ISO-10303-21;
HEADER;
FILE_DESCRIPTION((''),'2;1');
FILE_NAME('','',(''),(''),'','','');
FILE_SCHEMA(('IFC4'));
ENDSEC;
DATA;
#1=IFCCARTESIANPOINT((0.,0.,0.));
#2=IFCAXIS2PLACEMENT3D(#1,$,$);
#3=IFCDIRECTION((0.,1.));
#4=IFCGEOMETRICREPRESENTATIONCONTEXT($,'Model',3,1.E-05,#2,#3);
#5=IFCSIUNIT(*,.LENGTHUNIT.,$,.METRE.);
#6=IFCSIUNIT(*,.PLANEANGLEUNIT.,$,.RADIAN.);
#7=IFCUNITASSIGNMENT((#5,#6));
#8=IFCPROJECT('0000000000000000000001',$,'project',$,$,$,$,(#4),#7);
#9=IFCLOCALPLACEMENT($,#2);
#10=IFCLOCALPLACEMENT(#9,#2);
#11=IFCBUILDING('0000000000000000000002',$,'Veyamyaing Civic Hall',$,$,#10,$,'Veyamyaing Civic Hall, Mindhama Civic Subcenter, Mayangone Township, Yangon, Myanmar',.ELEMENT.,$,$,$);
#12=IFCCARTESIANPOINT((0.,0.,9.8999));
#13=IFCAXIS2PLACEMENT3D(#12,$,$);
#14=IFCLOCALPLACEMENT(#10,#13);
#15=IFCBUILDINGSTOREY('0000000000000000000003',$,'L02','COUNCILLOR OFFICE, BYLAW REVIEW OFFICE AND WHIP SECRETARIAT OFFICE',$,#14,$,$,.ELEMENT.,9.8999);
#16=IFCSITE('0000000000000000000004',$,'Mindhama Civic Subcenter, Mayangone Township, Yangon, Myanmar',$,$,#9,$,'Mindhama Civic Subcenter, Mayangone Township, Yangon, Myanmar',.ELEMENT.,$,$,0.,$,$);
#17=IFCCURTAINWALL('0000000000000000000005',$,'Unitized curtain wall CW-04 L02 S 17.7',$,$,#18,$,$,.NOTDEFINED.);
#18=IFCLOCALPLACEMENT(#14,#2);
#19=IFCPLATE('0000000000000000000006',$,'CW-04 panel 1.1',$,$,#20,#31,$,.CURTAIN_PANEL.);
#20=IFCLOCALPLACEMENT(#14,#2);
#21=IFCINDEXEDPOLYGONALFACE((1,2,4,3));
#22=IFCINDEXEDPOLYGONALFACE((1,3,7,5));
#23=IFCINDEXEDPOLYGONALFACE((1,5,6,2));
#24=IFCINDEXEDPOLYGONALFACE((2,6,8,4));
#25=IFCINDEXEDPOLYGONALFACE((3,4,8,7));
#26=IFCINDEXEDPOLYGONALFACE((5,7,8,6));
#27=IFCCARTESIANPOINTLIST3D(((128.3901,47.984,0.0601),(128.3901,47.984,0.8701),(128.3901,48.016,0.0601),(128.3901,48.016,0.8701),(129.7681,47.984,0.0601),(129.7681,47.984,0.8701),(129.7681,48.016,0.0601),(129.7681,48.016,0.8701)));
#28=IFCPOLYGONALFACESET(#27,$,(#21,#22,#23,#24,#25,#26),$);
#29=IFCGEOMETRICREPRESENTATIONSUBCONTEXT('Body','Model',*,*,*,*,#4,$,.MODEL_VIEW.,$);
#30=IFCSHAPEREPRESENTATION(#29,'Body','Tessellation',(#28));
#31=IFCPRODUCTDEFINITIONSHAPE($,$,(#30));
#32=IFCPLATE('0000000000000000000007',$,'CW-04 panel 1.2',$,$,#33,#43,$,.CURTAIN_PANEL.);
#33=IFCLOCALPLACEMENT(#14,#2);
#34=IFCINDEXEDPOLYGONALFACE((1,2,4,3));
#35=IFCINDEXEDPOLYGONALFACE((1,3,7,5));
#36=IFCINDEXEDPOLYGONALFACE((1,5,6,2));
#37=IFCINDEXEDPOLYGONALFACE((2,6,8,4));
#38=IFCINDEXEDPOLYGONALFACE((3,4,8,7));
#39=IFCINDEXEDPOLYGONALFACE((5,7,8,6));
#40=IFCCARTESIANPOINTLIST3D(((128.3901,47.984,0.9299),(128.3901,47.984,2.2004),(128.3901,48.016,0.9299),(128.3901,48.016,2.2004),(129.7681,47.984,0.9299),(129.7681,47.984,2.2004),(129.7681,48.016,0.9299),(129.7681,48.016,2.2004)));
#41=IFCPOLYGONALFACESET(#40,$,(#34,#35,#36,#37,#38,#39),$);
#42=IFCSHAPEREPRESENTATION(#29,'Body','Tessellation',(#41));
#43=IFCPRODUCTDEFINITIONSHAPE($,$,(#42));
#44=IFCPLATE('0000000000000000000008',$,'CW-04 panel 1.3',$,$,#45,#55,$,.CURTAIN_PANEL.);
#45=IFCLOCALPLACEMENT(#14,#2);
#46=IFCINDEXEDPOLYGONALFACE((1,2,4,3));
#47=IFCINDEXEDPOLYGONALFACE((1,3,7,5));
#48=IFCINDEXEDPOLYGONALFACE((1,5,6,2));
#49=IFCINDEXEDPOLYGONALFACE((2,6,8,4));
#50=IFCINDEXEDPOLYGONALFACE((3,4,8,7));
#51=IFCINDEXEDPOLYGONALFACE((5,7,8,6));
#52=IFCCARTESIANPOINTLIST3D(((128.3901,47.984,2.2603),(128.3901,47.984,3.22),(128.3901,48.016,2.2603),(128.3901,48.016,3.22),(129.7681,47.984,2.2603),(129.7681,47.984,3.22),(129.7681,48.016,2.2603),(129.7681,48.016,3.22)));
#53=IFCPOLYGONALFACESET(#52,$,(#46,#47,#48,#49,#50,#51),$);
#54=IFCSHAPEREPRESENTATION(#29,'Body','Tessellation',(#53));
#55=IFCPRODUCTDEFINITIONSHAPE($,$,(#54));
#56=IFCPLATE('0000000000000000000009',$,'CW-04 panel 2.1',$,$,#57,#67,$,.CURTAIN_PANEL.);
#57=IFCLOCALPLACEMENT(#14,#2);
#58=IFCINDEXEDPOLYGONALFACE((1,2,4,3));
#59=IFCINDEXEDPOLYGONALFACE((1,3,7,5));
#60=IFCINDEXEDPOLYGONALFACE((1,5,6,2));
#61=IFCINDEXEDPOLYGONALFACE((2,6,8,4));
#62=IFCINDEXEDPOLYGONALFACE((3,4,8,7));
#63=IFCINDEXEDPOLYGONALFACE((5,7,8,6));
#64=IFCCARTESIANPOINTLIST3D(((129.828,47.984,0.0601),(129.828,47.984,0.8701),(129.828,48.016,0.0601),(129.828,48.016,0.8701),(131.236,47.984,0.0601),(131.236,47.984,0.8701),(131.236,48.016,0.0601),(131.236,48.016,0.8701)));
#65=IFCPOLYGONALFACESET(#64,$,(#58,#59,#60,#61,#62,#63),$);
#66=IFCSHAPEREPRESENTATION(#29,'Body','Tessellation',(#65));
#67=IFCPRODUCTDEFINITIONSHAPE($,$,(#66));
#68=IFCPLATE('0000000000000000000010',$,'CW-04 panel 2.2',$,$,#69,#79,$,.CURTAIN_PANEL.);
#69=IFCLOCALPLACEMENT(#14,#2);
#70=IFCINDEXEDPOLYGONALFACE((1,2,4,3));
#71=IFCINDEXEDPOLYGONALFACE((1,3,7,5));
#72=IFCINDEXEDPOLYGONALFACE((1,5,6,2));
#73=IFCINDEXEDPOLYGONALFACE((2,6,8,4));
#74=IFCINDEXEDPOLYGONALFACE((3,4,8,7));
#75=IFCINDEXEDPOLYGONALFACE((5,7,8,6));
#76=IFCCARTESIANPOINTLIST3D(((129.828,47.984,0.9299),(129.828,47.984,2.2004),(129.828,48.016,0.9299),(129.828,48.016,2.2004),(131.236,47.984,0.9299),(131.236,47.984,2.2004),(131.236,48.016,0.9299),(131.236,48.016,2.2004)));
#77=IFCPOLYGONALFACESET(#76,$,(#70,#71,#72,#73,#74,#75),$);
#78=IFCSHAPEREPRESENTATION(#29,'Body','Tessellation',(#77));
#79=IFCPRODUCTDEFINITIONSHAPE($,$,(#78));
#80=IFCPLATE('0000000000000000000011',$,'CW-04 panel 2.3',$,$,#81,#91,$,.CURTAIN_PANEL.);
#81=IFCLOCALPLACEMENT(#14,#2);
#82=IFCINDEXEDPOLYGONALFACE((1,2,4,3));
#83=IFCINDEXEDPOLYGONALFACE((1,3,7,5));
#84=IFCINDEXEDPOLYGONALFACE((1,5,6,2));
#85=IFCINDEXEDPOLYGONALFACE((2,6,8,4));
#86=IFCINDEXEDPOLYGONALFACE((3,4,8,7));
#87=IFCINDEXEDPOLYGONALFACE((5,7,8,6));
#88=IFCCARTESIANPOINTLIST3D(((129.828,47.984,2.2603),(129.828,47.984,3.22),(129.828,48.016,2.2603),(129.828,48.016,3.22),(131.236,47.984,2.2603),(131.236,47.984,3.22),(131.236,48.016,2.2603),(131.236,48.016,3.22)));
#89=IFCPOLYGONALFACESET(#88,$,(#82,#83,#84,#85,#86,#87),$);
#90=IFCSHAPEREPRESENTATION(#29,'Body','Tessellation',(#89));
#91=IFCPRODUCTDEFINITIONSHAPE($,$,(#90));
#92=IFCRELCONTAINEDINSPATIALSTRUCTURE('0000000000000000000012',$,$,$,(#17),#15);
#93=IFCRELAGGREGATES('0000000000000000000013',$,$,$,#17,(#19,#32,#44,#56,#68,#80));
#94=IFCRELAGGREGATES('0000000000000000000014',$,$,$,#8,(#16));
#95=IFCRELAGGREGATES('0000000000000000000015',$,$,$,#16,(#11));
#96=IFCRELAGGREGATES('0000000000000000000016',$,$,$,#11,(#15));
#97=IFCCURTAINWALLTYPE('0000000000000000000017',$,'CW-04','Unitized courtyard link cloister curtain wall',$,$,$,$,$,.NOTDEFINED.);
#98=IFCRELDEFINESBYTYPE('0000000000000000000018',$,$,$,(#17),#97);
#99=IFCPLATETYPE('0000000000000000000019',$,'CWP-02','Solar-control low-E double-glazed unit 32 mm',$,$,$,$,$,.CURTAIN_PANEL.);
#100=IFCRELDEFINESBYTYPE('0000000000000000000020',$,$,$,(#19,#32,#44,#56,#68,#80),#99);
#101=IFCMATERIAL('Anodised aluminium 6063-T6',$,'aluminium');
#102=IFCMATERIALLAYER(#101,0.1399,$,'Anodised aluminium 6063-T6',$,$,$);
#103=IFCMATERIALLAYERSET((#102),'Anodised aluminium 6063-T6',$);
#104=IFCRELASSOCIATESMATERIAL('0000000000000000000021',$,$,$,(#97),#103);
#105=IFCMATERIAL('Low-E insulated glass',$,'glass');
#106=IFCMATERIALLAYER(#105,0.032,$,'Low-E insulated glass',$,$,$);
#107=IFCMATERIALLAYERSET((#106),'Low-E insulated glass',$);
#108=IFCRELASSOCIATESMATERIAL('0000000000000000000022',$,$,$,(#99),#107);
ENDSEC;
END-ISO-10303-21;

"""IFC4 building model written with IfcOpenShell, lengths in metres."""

from ifc_helpers import new_model, si_unit, direction, frame, origin, origin_2d, place, context, subcontext, project, spatial, rectangle, extrude, material, layer, layer_set, type_object, element, aggregate, save


model = new_model("IFC4")

# Units and contexts
model_context = context("Model", 3, precision=1e-05, world=origin(), true_north=direction((0.0, 1.0)))
body_context = subcontext(model_context, "Body", "Model", "MODEL_VIEW")
ifc_project = project(units=[si_unit("LENGTHUNIT", "METRE"), si_unit("PLANEANGLEUNIT", "RADIAN")], contexts=[model_context])

# Site, building, storey
site_placement = place(None, origin())
site = spatial("IfcSite", under=ifc_project, at=site_placement, Name="Mindhama Civic Subcenter, Mayangone Township, Yangon, Myanmar", LongName="Mindhama Civic Subcenter, Mayangone Township, Yangon, Myanmar", CompositionType="ELEMENT", RefElevation=0.0)
building_placement = place(site_placement, origin())
building = spatial("IfcBuilding", under=site, at=building_placement, Name="Veyamyaing Civic Hall", LongName="Veyamyaing Civic Hall, Mindhama Civic Subcenter, Mayangone Township, Yangon, Myanmar", CompositionType="ELEMENT")
storey_placement = place(building_placement, frame((0.0, 0.0, 9.8999)))
storey = spatial("IfcBuildingStorey", under=building, at=storey_placement, Name="L02", Description="COUNCILLOR OFFICE, BYLAW REVIEW OFFICE AND WHIP SECRETARIAT OFFICE", CompositionType="ELEMENT", Elevation=9.8999)

# Curtain wall, plates
ifc_material_1 = material(Name="Anodised aluminium 6063-T6", Category="aluminium")
ifc_layer_1 = layer(ifc_material_1, 0.1399, Name="Anodised aluminium 6063-T6")
ifc_layer_set_1 = layer_set([ifc_layer_1], Name="Anodised aluminium 6063-T6")
curtain_wall_type = type_object("IfcCurtainWallType", Name="CW-04", Description="Unitized courtyard link cloister curtain wall", PredefinedType="NOTDEFINED", material=ifc_layer_set_1)
curtain_wall_placement = place(storey_placement, origin())
curtain_wall = element("IfcCurtainWall", 1, at=curtain_wall_placement, inside=storey, type_object=curtain_wall_type, Name="Unitized curtain wall CW-04 L02 S 17.7", PredefinedType="NOTDEFINED")
ifc_material_2 = material(Name="Low-E insulated glass", Category="glass")
ifc_layer_2 = layer(ifc_material_2, 0.032, Name="Low-E insulated glass")
ifc_layer_set_2 = layer_set([ifc_layer_2], Name="Low-E insulated glass")
plate_type = type_object("IfcPlateType", Name="CWP-02", Description="Solar-control low-E double-glazed unit 32 mm", PredefinedType="CURTAIN_PANEL", material=ifc_layer_set_2)
plate_1_placement = place(storey_placement, frame((129.0791, 48.0, 0.0601), z_axis=(0.0, 0.0, 1.0), x_axis=(1.0, 0.0, 0.0)))
plate_1 = element("IfcPlate", 2, at=plate_1_placement, type_object=plate_type, Name="CW-04 panel 1.1", PredefinedType="CURTAIN_PANEL", context=body_context, shape_type="SweptSolid", body=[
    extrude(rectangle(XDim=1.3779, YDim=0.032, at=origin_2d()), origin(), (0.0, 0.0, 1.0), 0.8101),
])
plate_2_placement = place(storey_placement, frame((129.0791, 48.0, 0.9299), z_axis=(0.0, 0.0, 1.0), x_axis=(1.0, 0.0, 0.0)))
plate_2 = element("IfcPlate", 3, at=plate_2_placement, type_object=plate_type, Name="CW-04 panel 1.2", PredefinedType="CURTAIN_PANEL", context=body_context, shape_type="SweptSolid", body=[
    extrude(rectangle(XDim=1.3779, YDim=0.032, at=origin_2d()), origin(), (0.0, 0.0, 1.0), 1.2705),
])
plate_3_placement = place(storey_placement, frame((129.0791, 48.0, 2.2603), z_axis=(0.0, 0.0, 1.0), x_axis=(1.0, 0.0, 0.0)))
plate_3 = element("IfcPlate", 4, at=plate_3_placement, type_object=plate_type, Name="CW-04 panel 1.3", PredefinedType="CURTAIN_PANEL", context=body_context, shape_type="SweptSolid", body=[
    extrude(rectangle(XDim=1.3779, YDim=0.032, at=origin_2d()), origin(), (0.0, 0.0, 1.0), 0.9597),
])
plate_4_placement = place(storey_placement, frame((130.532, 48.0, 0.0601), z_axis=(0.0, 0.0, 1.0), x_axis=(1.0, 0.0, 0.0)))
plate_4 = element("IfcPlate", 5, at=plate_4_placement, type_object=plate_type, Name="CW-04 panel 2.1", PredefinedType="CURTAIN_PANEL", context=body_context, shape_type="SweptSolid", body=[
    extrude(rectangle(XDim=1.408, YDim=0.032, at=origin_2d()), origin(), (0.0, 0.0, 1.0), 0.8101),
])
plate_5_placement = place(storey_placement, frame((130.532, 48.0, 0.9299), z_axis=(0.0, 0.0, 1.0), x_axis=(1.0, 0.0, 0.0)))
plate_5 = element("IfcPlate", 6, at=plate_5_placement, type_object=plate_type, Name="CW-04 panel 2.2", PredefinedType="CURTAIN_PANEL", context=body_context, shape_type="SweptSolid", body=[
    extrude(rectangle(XDim=1.408, YDim=0.032, at=origin_2d()), origin(), (0.0, 0.0, 1.0), 1.2705),
])
plate_6_placement = place(storey_placement, frame((130.532, 48.0, 2.2603), z_axis=(0.0, 0.0, 1.0), x_axis=(1.0, 0.0, 0.0)))
plate_6 = element("IfcPlate", 7, at=plate_6_placement, type_object=plate_type, Name="CW-04 panel 2.3", PredefinedType="CURTAIN_PANEL", context=body_context, shape_type="SweptSolid", body=[
    extrude(rectangle(XDim=1.408, YDim=0.032, at=origin_2d()), origin(), (0.0, 0.0, 1.0), 0.9597),
])
aggregate(curtain_wall, [plate_1, plate_2, plate_3, plate_4, plate_5, plate_6])

save(model, "model.ifc")
